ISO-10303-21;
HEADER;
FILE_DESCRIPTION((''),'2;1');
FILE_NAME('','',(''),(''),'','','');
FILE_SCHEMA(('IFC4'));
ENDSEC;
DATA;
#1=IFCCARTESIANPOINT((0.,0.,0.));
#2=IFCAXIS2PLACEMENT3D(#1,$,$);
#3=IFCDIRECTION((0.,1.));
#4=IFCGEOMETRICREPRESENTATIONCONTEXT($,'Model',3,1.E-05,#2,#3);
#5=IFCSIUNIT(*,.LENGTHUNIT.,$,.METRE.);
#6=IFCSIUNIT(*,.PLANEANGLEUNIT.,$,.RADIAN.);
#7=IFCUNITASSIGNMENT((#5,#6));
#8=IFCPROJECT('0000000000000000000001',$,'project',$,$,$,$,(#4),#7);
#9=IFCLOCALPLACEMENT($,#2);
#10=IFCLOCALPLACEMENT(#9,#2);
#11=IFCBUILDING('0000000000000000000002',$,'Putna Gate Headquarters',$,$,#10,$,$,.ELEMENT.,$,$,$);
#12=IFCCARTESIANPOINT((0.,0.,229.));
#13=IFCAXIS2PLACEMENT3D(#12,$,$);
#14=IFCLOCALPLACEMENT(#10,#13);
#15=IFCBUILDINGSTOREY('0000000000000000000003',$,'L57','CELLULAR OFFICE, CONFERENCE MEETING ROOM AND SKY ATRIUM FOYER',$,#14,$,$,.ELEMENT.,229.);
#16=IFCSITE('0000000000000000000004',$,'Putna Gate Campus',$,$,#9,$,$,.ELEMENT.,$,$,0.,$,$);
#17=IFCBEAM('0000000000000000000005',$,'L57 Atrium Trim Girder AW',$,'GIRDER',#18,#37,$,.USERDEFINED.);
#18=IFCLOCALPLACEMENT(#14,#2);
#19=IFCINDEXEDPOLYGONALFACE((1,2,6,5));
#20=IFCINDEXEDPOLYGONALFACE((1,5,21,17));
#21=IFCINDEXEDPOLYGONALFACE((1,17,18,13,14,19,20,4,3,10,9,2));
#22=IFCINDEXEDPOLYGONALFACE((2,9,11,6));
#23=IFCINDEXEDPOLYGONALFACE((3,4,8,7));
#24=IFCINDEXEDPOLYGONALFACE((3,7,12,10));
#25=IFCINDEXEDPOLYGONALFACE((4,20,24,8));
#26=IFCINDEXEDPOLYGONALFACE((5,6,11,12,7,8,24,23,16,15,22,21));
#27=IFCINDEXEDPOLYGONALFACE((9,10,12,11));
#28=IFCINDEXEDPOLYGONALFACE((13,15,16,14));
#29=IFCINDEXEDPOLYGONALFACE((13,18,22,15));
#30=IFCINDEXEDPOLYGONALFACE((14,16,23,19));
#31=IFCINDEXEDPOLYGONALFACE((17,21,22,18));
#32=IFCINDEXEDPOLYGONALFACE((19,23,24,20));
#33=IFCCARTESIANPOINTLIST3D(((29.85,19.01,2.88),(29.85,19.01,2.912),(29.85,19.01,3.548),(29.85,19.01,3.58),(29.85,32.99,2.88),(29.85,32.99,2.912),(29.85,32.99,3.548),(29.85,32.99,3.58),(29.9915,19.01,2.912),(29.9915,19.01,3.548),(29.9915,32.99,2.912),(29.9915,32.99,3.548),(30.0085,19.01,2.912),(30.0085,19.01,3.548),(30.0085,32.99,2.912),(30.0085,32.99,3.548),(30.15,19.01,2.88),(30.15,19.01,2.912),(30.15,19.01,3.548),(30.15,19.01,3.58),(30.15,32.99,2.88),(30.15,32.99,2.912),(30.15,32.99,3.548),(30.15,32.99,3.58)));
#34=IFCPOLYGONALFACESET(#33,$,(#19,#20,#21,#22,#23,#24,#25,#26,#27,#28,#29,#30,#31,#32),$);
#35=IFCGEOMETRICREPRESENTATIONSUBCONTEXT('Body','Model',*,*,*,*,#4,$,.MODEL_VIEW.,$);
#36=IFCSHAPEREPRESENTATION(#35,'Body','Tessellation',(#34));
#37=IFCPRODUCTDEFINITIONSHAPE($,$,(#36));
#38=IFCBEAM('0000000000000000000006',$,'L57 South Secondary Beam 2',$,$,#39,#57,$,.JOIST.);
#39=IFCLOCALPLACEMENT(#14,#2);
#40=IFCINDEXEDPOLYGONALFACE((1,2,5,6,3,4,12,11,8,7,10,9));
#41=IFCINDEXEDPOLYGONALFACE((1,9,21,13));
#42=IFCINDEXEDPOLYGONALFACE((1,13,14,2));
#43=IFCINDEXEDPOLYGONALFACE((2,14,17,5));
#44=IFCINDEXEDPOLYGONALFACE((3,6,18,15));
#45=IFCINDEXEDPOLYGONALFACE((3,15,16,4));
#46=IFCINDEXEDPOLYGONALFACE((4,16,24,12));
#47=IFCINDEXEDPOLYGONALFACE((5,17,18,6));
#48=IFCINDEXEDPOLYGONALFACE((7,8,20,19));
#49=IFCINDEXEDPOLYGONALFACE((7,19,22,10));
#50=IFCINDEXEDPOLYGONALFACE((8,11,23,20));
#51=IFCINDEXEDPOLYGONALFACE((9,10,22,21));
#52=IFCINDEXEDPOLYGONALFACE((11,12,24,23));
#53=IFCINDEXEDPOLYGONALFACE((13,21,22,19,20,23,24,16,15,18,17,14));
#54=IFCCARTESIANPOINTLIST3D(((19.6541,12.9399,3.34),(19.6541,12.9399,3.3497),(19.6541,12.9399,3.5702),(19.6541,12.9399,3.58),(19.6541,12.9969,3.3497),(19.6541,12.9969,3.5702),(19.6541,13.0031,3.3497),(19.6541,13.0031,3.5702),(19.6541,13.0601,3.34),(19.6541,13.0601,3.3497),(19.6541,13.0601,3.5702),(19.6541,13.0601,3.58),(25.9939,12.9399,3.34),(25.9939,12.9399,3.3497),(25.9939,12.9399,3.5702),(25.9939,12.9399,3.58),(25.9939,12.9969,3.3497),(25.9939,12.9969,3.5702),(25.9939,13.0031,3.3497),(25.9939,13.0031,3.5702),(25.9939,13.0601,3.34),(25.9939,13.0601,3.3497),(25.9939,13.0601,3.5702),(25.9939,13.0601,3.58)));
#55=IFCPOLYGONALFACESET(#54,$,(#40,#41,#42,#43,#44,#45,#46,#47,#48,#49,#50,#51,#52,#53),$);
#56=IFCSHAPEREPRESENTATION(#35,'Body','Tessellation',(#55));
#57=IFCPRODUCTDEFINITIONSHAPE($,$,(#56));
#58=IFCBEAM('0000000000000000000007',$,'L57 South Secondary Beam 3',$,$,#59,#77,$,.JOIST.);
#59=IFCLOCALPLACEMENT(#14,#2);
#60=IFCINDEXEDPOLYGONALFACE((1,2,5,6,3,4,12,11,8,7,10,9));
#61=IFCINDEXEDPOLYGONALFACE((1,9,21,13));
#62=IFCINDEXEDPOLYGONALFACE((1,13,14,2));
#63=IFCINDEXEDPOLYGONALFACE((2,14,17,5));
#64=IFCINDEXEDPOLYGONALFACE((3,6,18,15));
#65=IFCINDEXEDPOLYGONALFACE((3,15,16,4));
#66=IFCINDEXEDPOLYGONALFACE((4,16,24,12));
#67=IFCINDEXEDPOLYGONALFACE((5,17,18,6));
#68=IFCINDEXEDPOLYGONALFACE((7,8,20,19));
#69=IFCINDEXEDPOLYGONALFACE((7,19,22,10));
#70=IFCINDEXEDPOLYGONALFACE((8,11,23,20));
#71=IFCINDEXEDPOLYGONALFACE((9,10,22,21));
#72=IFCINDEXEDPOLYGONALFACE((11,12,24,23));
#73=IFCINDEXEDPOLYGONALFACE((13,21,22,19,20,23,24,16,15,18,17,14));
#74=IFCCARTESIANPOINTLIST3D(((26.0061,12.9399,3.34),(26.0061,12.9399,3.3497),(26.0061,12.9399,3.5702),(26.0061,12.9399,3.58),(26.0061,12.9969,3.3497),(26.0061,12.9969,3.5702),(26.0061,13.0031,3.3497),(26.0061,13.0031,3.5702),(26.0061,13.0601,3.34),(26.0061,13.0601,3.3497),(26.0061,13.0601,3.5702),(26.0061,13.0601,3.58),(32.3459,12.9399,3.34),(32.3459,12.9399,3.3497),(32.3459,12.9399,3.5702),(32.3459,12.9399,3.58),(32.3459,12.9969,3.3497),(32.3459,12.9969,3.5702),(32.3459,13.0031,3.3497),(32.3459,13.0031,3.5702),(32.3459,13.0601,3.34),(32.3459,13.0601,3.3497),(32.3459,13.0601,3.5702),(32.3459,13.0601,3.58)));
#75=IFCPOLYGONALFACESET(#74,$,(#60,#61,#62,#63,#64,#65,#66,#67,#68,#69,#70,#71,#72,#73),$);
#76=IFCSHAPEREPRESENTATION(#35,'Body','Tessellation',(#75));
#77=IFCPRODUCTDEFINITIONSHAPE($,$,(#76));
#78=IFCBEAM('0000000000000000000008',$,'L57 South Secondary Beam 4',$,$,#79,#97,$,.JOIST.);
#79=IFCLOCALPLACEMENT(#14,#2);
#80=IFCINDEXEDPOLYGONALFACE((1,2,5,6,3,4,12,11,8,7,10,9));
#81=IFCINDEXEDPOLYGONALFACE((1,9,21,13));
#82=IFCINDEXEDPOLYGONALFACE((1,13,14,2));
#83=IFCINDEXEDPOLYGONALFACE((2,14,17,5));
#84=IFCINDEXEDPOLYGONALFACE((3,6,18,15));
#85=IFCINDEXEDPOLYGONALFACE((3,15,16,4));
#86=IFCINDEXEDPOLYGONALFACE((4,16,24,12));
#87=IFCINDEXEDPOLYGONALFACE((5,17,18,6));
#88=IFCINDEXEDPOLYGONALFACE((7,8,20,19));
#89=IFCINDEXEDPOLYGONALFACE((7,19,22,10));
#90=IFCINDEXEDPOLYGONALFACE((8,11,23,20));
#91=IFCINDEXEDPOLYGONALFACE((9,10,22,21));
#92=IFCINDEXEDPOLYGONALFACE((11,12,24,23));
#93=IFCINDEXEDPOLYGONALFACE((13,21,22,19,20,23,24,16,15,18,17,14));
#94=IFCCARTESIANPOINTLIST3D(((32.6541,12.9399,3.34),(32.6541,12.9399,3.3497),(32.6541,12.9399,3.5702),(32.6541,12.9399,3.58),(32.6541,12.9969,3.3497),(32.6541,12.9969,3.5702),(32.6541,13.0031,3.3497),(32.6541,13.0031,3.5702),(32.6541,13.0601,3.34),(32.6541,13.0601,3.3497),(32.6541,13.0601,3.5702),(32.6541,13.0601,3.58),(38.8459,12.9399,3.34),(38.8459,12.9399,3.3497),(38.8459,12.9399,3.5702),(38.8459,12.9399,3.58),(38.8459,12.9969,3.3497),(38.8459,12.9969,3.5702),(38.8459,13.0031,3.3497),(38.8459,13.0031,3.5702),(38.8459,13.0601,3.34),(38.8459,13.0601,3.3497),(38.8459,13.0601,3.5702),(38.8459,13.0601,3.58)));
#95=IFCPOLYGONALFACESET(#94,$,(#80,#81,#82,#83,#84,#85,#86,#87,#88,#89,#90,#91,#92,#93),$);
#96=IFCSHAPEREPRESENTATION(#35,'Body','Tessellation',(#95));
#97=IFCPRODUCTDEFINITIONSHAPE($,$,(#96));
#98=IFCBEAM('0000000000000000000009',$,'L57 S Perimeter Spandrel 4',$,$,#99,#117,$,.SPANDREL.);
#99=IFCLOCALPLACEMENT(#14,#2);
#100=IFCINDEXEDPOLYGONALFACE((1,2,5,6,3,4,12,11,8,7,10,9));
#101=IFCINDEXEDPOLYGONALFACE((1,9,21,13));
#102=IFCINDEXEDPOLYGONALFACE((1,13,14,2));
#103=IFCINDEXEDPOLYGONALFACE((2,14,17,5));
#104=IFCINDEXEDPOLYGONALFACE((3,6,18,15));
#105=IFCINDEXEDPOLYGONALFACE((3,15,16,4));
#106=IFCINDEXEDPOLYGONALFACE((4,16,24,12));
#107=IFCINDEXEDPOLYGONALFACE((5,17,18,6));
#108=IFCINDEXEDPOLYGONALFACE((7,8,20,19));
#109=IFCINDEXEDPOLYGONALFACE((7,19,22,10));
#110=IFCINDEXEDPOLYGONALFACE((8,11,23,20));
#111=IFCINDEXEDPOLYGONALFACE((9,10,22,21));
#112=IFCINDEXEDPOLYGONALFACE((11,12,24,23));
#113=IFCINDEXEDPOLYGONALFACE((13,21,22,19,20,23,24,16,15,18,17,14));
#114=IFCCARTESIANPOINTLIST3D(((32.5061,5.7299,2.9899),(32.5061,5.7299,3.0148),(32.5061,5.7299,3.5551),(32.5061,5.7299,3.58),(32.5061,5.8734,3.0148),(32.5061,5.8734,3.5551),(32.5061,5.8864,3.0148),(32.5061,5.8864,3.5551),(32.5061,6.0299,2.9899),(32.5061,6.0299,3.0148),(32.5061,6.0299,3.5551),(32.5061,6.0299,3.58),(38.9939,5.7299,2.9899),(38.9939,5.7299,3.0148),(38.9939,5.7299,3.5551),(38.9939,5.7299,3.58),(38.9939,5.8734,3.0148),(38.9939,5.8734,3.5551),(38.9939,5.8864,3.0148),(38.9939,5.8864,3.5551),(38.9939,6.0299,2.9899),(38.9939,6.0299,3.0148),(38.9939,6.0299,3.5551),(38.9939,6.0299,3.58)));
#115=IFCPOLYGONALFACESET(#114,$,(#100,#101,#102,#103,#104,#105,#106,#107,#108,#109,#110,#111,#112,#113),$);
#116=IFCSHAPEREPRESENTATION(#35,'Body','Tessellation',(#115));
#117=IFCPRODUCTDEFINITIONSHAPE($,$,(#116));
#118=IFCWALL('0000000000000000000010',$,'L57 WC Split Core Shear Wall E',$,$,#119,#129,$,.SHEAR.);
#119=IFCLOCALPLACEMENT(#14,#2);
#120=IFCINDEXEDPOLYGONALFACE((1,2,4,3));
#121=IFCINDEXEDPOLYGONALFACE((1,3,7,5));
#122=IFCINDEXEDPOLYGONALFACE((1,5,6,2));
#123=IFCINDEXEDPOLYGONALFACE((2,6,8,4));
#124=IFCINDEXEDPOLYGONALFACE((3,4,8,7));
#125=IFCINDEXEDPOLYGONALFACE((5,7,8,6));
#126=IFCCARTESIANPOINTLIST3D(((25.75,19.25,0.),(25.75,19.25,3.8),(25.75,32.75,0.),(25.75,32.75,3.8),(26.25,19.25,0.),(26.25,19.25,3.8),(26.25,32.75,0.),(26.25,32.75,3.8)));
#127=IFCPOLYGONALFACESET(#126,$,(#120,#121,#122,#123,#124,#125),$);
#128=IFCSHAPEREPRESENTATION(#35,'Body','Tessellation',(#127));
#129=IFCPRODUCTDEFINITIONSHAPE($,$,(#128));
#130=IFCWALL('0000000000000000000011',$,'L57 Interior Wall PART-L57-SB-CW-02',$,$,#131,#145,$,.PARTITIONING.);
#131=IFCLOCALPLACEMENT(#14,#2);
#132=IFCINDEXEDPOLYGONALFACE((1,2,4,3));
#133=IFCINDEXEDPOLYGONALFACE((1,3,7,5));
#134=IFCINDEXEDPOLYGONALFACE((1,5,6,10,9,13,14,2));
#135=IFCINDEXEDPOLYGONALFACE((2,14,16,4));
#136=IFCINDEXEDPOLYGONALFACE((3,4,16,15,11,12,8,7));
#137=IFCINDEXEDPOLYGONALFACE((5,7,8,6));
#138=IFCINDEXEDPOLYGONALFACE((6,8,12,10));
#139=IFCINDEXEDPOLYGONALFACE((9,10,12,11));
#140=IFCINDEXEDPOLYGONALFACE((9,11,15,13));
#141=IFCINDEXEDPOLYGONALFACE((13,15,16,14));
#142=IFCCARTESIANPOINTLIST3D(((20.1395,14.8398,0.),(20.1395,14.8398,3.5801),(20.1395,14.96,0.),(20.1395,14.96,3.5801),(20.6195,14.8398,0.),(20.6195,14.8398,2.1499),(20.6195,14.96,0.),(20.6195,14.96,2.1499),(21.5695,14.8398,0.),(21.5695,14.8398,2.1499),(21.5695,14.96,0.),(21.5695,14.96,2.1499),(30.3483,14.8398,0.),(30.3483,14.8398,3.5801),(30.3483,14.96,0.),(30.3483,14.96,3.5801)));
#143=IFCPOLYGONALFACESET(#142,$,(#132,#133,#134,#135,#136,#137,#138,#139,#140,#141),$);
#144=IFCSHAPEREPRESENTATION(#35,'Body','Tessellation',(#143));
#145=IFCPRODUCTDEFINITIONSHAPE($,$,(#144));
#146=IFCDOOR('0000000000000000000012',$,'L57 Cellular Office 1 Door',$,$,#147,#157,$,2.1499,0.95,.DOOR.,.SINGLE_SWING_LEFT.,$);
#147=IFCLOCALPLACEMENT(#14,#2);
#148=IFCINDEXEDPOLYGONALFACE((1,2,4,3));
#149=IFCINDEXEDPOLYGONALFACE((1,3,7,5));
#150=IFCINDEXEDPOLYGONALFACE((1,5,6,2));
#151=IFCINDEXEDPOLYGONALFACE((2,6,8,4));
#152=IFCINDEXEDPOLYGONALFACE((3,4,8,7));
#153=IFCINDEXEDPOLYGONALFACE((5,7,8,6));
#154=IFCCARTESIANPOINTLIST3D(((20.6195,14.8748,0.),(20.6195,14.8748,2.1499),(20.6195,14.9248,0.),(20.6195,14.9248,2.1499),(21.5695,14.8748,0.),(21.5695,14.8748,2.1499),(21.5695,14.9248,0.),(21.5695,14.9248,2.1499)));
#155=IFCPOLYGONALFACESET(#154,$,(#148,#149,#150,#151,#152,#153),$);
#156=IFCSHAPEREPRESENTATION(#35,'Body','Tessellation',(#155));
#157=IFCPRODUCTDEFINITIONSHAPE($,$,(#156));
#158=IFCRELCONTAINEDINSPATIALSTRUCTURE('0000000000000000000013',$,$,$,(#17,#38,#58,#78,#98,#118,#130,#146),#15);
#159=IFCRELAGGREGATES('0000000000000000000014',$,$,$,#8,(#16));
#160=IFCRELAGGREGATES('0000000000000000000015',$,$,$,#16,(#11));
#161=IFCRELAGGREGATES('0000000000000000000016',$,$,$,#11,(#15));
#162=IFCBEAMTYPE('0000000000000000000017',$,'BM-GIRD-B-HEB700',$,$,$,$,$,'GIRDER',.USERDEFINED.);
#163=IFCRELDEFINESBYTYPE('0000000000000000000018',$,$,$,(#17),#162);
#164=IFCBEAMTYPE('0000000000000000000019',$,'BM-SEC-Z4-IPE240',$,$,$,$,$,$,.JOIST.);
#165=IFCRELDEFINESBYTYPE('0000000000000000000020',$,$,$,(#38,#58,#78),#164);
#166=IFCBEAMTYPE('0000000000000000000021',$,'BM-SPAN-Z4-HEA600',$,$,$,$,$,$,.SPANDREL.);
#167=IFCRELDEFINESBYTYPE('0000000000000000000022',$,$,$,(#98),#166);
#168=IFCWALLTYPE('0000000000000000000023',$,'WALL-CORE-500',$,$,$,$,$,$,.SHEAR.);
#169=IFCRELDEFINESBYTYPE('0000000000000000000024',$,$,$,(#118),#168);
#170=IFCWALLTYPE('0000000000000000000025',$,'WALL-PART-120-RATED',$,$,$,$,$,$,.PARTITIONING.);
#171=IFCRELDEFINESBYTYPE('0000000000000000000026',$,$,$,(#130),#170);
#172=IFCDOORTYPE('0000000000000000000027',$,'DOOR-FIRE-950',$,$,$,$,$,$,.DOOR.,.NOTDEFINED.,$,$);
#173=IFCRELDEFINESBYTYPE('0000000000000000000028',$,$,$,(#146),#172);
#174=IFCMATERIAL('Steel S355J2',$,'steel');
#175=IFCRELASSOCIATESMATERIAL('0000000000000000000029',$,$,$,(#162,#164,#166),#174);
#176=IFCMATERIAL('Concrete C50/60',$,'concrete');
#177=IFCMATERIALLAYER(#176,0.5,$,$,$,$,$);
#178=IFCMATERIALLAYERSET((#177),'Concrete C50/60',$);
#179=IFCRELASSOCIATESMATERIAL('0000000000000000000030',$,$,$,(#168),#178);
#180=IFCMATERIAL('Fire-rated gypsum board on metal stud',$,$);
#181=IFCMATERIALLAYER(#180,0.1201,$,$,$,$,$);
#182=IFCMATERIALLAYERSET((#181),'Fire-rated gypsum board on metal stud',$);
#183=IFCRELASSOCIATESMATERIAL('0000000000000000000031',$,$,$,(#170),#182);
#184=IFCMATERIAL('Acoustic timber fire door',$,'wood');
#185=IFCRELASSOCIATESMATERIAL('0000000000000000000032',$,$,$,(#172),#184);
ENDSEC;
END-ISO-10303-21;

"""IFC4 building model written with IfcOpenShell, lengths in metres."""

from ifc_helpers import new_model, si_unit, direction, frame, frame_2d, origin, origin_2d, place, context, subcontext, project, spatial, rectangle, i_section, extrude, material, layer, layer_set, material_profile, profile_set, type_object, element, fill, save


model = new_model("IFC4")

# Units and contexts
model_context = context("Model", 3, precision=1e-05, world=origin(), true_north=direction((0.0, 1.0)))
body_context = subcontext(model_context, "Body", "Model", "MODEL_VIEW")
ifc_project = project(units=[si_unit("LENGTHUNIT", "METRE"), si_unit("PLANEANGLEUNIT", "RADIAN")], contexts=[model_context])

# Site, building, storey
site_placement = place(None, origin())
site = spatial("IfcSite", under=ifc_project, at=site_placement, Name="Putna Gate Campus", CompositionType="ELEMENT", RefElevation=0.0)
building_placement = place(site_placement, origin())
building = spatial("IfcBuilding", under=site, at=building_placement, Name="Putna Gate Headquarters", CompositionType="ELEMENT")
storey_placement = place(building_placement, frame((0.0, 0.0, 229.0)))
storey = spatial("IfcBuildingStorey", under=building, at=storey_placement, Name="L57", Description="CELLULAR OFFICE, CONFERENCE MEETING ROOM AND SKY ATRIUM FOYER", CompositionType="ELEMENT", Elevation=229.0)

# Beams
ifc_material_1 = material(Name="Steel S355J2", Category="steel")
ifc_material_profile_1 = material_profile(ifc_material_1, i_section(OverallWidth=0.3, OverallDepth=0.7, WebThickness=0.0171, FlangeThickness=0.032, at=origin_2d()), Name="Steel S355J2")
ifc_profile_set_1 = profile_set([ifc_material_profile_1], Name="Steel S355J2")
beam_type_1 = type_object("IfcBeamType", Name="BM-GIRD-B-HEB700", ElementType="GIRDER", PredefinedType="USERDEFINED", material=ifc_profile_set_1)
beam_1_placement = place(storey_placement, frame((30.0, 19.01, 3.23), z_axis=(0.0, 1.0, 0.0), x_axis=(-1.0, 0.0, 0.0)))
element("IfcBeam", 1, at=beam_1_placement, inside=storey, type_object=beam_type_1, Name="L57 Atrium Trim Girder AW", ObjectType="GIRDER", PredefinedType="USERDEFINED", context=body_context, shape_type="SweptSolid", body=[
    extrude(i_section(OverallWidth=0.3, OverallDepth=0.7, WebThickness=0.0171, FlangeThickness=0.032, at=origin_2d()), origin(), (0.0, 0.0, 1.0), 13.98),
])
ifc_material_profile_2 = material_profile(ifc_material_1, i_section(OverallWidth=0.1201, OverallDepth=0.24, WebThickness=0.0061, FlangeThickness=0.0098, at=origin_2d()), Name="Steel S355J2")
ifc_profile_set_2 = profile_set([ifc_material_profile_2], Name="Steel S355J2")
beam_type_2 = type_object("IfcBeamType", Name="BM-SEC-Z4-IPE240", PredefinedType="JOIST", material=ifc_profile_set_2)
for number, where, z_axis, x_axis, name in (
    (2, (19.6541, 13.0, 3.46), (1.0, 0.0, 0.0), (0.0, 1.0, 0.0), "L57 South Secondary Beam 2"),
    (3, (26.0061, 13.0, 3.46), (1.0, 0.0, 0.0), (0.0, 1.0, 0.0), "L57 South Secondary Beam 3"),
):
    element("IfcBeam", number, at=place(storey_placement, frame(where, z_axis=z_axis, x_axis=x_axis)), inside=storey, type_object=beam_type_2, Name=name, PredefinedType="JOIST", context=body_context, shape_type="SweptSolid", body=[
        extrude(i_section(OverallWidth=0.1201, OverallDepth=0.24, WebThickness=0.0061, FlangeThickness=0.0098, at=origin_2d()), origin(), (0.0, 0.0, 1.0), 6.3398),
    ])
beam_2_placement = place(storey_placement, frame((32.6541, 13.0, 3.46), z_axis=(1.0, 0.0, 0.0), x_axis=(0.0, 1.0, 0.0)))
element("IfcBeam", 4, at=beam_2_placement, inside=storey, type_object=beam_type_2, Name="L57 South Secondary Beam 4", PredefinedType="JOIST", context=body_context, shape_type="SweptSolid", body=[
    extrude(i_section(OverallWidth=0.1201, OverallDepth=0.24, WebThickness=0.0061, FlangeThickness=0.0098, at=origin_2d()), origin(), (0.0, 0.0, 1.0), 6.1919),
])
ifc_material_profile_3 = material_profile(ifc_material_1, i_section(OverallWidth=0.3, OverallDepth=0.5901, WebThickness=0.0129, FlangeThickness=0.0249, at=origin_2d()), Name="Steel S355J2")
ifc_profile_set_3 = profile_set([ifc_material_profile_3], Name="Steel S355J2")
beam_type_3 = type_object("IfcBeamType", Name="BM-SPAN-Z4-HEA600", PredefinedType="SPANDREL", material=ifc_profile_set_3)
beam_3_placement = place(storey_placement, frame((32.5061, 5.8799, 3.2849), z_axis=(1.0, 0.0, 0.0), x_axis=(0.0, 1.0, 0.0)))
element("IfcBeam", 5, at=beam_3_placement, inside=storey, type_object=beam_type_3, Name="L57 S Perimeter Spandrel 4", PredefinedType="SPANDREL", context=body_context, shape_type="SweptSolid", body=[
    extrude(i_section(OverallWidth=0.3, OverallDepth=0.5901, WebThickness=0.0129, FlangeThickness=0.0249, at=origin_2d()), origin(), (0.0, 0.0, 1.0), 6.4878),
])

# Wall
ifc_material_2 = material(Name="Concrete C50/60", Category="concrete")
ifc_layer_1 = layer(ifc_material_2, 0.5)
ifc_layer_set_1 = layer_set([ifc_layer_1], Name="Concrete C50/60")
wall_type_1 = type_object("IfcWallType", Name="WALL-CORE-500", PredefinedType="SHEAR", material=ifc_layer_set_1)
wall_1_placement = place(storey_placement, frame((26.0, 19.25, 0.0), z_axis=(0.0, 0.0, 1.0), x_axis=(0.0, 1.0, 0.0)))
element("IfcWall", 6, at=wall_1_placement, inside=storey, type_object=wall_type_1, Name="L57 WC Split Core Shear Wall E", PredefinedType="SHEAR", context=body_context, shape_type="SweptSolid", body=[
    extrude(rectangle(XDim=13.5, YDim=0.5, at=frame_2d((6.75, 0.0))), origin(), (0.0, 0.0, 1.0), 3.8),
])

# Wall, opening, door
ifc_material_3 = material(Name="Fire-rated gypsum board on metal stud")
ifc_layer_2 = layer(ifc_material_3, 0.1201)
ifc_layer_set_2 = layer_set([ifc_layer_2], Name="Fire-rated gypsum board on metal stud")
wall_type_2 = type_object("IfcWallType", Name="WALL-PART-120-RATED", PredefinedType="PARTITIONING", material=ifc_layer_set_2)
wall_2_placement = place(storey_placement, frame((20.1394, 14.8999, 0.0), z_axis=(0.0, 0.0, 1.0), x_axis=(1.0, 0.0, 0.0)))
wall_2 = element("IfcWall", 7, at=wall_2_placement, inside=storey, type_object=wall_type_2, Name="L57 Interior Wall PART-L57-SB-CW-02", PredefinedType="PARTITIONING", context=body_context, shape_type="SweptSolid", body=[
    extrude(rectangle(XDim=10.2087, YDim=0.1201, at=frame_2d((5.1045, 0.0))), origin(), (0.0, 0.0, 1.0), 3.5801),
])
opening_1_placement = place(wall_2_placement, frame((0.48, 0.0, 0.0)))
opening_1 = element("IfcOpeningElement", 8, at=opening_1_placement, cuts=wall_2, PredefinedType="OPENING", context=body_context, shape_type="SweptSolid", body=[
    extrude(rectangle(XDim=0.95, YDim=2.1499, at=frame_2d((0.4751, 1.075))), frame((0.0, 0.0701, 0.0), z_axis=(0.0, -1.0, 0.0), x_axis=(1.0, 0.0, 0.0)), (0.0, 0.0, 1.0), 0.1401),
])
ifc_material_4 = material(Name="Acoustic timber fire door", Category="wood")
door_type_1 = type_object("IfcDoorType", Name="DOOR-FIRE-950", OperationType="NOTDEFINED", PredefinedType="DOOR", material=ifc_material_4)
door_1_placement = place(opening_1_placement, origin())
door_1 = element("IfcDoor", 9, at=door_1_placement, inside=storey, type_object=door_type_1, Name="L57 Cellular Office 1 Door", OperationType="SINGLE_SWING_LEFT", OverallHeight=2.1499, OverallWidth=0.95, PredefinedType="DOOR", context=body_context, shape_type="SweptSolid", body=[
    extrude(rectangle(XDim=0.95, YDim=2.1499, at=frame_2d((0.4751, 1.075))), frame((0.0, 0.0249, 0.0), z_axis=(0.0, -1.0, 0.0), x_axis=(1.0, 0.0, 0.0)), (0.0, 0.0, 1.0), 0.05),
])
fill(opening_1, door_1)

save(model, "model.ifc")
